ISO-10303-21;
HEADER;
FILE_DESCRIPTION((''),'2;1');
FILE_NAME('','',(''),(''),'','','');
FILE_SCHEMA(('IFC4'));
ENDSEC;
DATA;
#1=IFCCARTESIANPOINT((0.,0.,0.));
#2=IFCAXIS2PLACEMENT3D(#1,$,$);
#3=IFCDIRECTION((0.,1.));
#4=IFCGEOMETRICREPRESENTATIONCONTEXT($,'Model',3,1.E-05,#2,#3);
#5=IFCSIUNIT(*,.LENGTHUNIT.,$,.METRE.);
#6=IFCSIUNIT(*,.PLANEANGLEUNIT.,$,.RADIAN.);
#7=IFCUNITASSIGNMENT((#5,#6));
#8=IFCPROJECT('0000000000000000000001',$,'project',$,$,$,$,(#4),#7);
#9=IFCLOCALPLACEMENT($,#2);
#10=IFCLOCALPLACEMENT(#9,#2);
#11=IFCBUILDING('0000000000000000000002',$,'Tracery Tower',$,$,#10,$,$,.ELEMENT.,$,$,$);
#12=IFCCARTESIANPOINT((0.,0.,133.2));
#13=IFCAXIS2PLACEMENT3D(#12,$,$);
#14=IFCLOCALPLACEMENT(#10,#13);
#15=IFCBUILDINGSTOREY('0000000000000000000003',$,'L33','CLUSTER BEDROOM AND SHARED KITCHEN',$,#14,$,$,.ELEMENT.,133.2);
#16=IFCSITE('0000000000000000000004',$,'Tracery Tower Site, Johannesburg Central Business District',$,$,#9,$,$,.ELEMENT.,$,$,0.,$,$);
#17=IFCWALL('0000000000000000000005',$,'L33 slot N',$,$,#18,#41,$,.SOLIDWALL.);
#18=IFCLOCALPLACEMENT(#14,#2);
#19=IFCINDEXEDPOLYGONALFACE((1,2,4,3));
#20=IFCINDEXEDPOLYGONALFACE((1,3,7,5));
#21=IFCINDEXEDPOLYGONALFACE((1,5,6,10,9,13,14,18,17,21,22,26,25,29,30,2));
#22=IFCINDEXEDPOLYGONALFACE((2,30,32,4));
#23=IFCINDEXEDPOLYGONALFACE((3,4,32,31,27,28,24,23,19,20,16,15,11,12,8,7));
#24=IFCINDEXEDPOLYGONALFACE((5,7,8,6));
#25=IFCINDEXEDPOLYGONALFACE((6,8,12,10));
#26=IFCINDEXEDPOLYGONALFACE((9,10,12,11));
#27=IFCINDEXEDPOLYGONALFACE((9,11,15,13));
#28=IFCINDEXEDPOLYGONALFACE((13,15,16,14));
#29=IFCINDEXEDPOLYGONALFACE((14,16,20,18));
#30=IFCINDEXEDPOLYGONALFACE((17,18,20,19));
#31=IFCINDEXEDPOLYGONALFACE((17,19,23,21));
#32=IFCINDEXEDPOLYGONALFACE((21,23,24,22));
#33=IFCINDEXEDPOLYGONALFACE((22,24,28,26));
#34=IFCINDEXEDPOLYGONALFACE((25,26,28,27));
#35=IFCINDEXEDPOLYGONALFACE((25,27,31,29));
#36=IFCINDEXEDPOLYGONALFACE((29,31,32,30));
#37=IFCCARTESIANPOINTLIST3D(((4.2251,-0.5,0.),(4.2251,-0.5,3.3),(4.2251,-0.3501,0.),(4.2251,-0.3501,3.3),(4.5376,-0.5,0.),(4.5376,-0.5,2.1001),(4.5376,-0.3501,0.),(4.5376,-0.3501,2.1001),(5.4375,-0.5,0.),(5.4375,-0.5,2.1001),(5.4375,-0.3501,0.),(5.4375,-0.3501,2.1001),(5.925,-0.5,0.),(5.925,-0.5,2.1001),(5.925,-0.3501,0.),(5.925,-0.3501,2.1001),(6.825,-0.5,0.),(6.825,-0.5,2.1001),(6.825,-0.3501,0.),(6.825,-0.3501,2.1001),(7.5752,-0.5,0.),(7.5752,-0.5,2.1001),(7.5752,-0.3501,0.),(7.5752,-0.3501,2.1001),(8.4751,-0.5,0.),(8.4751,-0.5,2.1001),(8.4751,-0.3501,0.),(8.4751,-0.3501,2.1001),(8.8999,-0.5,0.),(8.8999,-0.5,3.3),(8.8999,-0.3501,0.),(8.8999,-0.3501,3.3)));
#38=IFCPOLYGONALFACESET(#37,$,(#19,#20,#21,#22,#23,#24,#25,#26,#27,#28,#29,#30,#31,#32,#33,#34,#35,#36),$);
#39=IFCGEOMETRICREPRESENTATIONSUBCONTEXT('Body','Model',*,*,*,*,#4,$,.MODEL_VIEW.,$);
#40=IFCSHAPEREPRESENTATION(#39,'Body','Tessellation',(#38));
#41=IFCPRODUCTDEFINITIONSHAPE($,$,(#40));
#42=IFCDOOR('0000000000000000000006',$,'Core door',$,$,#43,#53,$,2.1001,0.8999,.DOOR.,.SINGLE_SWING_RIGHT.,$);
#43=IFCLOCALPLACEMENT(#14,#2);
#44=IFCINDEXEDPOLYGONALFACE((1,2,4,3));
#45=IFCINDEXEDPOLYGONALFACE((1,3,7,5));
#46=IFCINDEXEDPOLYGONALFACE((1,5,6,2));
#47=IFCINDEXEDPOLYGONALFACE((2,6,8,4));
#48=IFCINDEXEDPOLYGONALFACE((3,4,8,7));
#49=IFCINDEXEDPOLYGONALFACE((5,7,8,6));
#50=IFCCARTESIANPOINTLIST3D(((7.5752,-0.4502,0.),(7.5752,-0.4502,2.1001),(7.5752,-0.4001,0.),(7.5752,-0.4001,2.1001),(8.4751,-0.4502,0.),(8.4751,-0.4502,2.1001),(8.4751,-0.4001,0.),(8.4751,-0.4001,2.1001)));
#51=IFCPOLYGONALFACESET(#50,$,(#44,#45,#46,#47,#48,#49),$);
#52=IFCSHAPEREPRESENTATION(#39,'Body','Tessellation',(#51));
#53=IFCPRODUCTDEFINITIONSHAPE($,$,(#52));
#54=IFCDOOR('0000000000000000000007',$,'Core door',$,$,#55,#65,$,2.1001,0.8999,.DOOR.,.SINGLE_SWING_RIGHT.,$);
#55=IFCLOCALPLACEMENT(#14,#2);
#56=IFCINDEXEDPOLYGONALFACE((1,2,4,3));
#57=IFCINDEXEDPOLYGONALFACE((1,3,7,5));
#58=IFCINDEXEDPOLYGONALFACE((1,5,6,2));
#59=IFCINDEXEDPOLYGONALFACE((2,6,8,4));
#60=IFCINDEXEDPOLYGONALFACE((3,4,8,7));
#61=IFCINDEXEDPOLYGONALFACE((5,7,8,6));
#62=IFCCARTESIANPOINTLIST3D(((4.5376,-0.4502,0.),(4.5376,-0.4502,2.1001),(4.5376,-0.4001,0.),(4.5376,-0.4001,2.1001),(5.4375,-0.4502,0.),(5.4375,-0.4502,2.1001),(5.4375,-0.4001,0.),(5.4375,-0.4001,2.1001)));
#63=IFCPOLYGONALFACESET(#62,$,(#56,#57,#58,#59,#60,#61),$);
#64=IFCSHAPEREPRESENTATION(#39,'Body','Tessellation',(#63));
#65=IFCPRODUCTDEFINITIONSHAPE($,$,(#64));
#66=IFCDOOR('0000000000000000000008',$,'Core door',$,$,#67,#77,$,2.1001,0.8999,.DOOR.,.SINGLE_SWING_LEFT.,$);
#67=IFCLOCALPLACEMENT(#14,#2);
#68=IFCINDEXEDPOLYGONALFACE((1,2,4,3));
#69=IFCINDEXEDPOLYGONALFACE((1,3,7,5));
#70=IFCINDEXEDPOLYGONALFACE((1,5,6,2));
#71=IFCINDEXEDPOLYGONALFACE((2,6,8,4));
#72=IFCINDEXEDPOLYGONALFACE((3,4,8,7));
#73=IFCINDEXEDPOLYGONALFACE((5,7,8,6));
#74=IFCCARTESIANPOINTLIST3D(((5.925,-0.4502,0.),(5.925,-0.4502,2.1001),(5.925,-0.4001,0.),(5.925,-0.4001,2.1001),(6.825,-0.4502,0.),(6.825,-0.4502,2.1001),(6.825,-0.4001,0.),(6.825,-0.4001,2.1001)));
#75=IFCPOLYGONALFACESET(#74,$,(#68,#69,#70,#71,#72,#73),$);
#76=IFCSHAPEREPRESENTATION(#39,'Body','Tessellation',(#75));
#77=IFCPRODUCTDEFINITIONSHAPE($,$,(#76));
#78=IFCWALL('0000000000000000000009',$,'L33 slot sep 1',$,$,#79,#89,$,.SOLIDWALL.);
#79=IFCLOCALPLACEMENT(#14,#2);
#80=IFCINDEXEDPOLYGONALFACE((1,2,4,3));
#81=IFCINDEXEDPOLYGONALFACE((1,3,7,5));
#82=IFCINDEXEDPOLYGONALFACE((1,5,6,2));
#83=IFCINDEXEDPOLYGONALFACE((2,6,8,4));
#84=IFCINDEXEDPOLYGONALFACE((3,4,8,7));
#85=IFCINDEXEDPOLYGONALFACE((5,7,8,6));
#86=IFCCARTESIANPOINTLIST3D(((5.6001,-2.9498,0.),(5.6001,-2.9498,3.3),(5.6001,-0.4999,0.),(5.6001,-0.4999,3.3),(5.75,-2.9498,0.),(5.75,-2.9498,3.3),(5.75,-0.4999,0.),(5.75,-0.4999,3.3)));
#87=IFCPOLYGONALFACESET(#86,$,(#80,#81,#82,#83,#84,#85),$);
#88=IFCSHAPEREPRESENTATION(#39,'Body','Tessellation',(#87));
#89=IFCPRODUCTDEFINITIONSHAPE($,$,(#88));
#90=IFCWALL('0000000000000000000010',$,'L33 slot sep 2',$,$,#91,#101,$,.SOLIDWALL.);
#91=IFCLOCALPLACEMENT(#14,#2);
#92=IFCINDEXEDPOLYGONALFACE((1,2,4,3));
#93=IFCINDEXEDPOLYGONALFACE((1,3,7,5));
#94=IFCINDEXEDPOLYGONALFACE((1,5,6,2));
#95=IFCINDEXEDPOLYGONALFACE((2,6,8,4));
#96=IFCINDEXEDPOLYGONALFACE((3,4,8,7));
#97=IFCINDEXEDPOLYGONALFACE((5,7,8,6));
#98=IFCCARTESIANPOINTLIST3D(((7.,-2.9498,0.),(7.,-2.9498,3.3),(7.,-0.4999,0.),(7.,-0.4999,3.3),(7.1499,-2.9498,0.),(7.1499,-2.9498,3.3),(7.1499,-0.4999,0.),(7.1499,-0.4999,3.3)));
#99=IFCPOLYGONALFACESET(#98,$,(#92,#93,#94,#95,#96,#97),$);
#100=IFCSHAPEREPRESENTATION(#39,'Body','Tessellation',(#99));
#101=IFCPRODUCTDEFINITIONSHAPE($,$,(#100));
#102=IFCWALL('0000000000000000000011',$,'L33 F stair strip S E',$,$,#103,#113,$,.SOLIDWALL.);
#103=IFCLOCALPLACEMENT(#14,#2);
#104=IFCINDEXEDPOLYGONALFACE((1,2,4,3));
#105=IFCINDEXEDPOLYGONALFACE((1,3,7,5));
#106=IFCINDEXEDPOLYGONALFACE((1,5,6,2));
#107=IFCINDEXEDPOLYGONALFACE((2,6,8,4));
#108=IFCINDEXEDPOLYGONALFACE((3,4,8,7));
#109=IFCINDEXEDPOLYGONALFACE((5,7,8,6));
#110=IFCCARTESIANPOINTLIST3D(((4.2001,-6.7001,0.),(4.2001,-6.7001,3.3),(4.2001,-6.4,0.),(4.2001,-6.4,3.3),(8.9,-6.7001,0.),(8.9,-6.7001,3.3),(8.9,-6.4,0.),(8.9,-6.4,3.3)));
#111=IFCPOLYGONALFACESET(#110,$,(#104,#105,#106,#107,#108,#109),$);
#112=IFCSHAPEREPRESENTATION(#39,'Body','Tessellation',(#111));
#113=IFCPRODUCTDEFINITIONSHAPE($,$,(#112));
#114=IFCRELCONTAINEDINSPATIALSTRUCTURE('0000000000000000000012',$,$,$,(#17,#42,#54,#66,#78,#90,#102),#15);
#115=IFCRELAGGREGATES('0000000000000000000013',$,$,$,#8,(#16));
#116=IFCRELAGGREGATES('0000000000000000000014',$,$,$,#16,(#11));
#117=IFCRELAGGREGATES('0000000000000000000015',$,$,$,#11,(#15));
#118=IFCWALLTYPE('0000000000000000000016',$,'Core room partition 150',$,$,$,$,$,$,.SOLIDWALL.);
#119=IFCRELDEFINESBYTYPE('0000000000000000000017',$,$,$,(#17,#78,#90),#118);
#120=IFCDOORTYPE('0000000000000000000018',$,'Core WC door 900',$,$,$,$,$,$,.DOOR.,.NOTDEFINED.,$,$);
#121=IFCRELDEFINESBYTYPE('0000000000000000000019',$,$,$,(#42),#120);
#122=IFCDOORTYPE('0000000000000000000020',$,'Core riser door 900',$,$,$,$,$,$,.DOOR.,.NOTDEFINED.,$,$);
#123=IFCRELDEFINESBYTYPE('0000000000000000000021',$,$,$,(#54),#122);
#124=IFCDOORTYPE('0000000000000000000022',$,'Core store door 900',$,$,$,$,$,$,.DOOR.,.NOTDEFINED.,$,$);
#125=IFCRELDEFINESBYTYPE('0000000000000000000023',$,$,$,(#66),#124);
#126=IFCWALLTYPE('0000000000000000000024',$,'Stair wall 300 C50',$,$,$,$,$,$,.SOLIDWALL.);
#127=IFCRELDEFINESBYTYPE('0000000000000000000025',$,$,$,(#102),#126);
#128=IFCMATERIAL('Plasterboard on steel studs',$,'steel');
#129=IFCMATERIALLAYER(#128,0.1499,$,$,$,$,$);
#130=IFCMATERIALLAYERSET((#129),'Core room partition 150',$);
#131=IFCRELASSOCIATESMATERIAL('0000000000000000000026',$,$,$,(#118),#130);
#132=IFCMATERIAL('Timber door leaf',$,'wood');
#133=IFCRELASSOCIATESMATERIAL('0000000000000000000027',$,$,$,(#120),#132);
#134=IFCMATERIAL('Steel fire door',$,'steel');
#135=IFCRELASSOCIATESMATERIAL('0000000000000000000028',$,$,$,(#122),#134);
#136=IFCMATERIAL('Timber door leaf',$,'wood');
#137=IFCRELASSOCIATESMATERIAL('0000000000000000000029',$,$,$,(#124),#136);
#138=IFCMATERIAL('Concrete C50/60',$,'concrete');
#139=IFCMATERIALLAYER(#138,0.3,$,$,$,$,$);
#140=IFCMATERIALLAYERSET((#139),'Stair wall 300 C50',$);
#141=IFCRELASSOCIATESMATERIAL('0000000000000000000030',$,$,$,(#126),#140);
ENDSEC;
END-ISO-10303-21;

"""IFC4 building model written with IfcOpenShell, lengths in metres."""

from ifc_helpers import new_model, si_unit, direction, frame, frame_2d, origin, place, context, subcontext, project, spatial, rectangle, extrude, material, layer, layer_set, type_object, element, fill, save


model = new_model("IFC4")

# Units and contexts
model_context = context("Model", 3, precision=1e-05, world=origin(), true_north=direction((0.0, 1.0)))
body_context = subcontext(model_context, "Body", "Model", "MODEL_VIEW")
ifc_project = project(units=[si_unit("LENGTHUNIT", "METRE"), si_unit("PLANEANGLEUNIT", "RADIAN")], contexts=[model_context])

# Site, building, storey
site_placement = place(None, origin())
site = spatial("IfcSite", under=ifc_project, at=site_placement, Name="Tracery Tower Site, Johannesburg Central Business District", CompositionType="ELEMENT", RefElevation=0.0)
building_placement = place(site_placement, origin())
building = spatial("IfcBuilding", under=site, at=building_placement, Name="Tracery Tower", CompositionType="ELEMENT")
storey_placement = place(building_placement, frame((0.0, 0.0, 133.2)))
storey = spatial("IfcBuildingStorey", under=building, at=storey_placement, Name="L33", Description="CLUSTER BEDROOM AND SHARED KITCHEN", CompositionType="ELEMENT", Elevation=133.2)

# Shared definitions
ifc_material_1 = material(Name="Plasterboard on steel studs", Category="steel")
ifc_layer_1 = layer(ifc_material_1, 0.1499)
ifc_layer_set_1 = layer_set([ifc_layer_1], Name="Core room partition 150")
wall_type_1 = type_object("IfcWallType", Name="Core room partition 150", PredefinedType="SOLIDWALL", material=ifc_layer_set_1)

# Wall, openings, doors
wall_1_placement = place(storey_placement, frame((4.2251, -0.425, 0.0), z_axis=(0.0, 0.0, 1.0), x_axis=(1.0, 0.0, 0.0)))
wall_1 = element("IfcWall", 1, at=wall_1_placement, inside=storey, type_object=wall_type_1, Name="L33 slot N", PredefinedType="SOLIDWALL", context=body_context, shape_type="SweptSolid", body=[
    extrude(rectangle(XDim=4.6748, YDim=0.1499, at=frame_2d((2.3374, 0.0))), origin(), (0.0, 0.0, 1.0), 3.3),
])
opening_1_placement = place(wall_1_placement, frame((0.3125, 0.0, 0.0)))
opening_1 = element("IfcOpeningElement", 2, at=opening_1_placement, cuts=wall_1, PredefinedType="OPENING", context=body_context, shape_type="SweptSolid", body=[
    extrude(rectangle(XDim=0.8999, YDim=2.1001, at=frame_2d((0.45, 1.05))), frame((0.0, 0.075, 0.0), z_axis=(0.0, -1.0, 0.0), x_axis=(1.0, 0.0, 0.0)), (0.0, 0.0, 1.0), 0.1499),
])
opening_2_placement = place(wall_1_placement, frame((1.7, 0.0, 0.0)))
opening_2 = element("IfcOpeningElement", 3, at=opening_2_placement, cuts=wall_1, PredefinedType="OPENING", context=body_context, shape_type="SweptSolid", body=[
    extrude(rectangle(XDim=0.8999, YDim=2.1001, at=frame_2d((0.45, 1.05))), frame((0.0, 0.075, 0.0), z_axis=(0.0, -1.0, 0.0), x_axis=(1.0, 0.0, 0.0)), (0.0, 0.0, 1.0), 0.1499),
])
opening_3_placement = place(wall_1_placement, frame((3.3501, 0.0, 0.0)))
opening_3 = element("IfcOpeningElement", 4, at=opening_3_placement, cuts=wall_1, PredefinedType="OPENING", context=body_context, shape_type="SweptSolid", body=[
    extrude(rectangle(XDim=0.8999, YDim=2.1001, at=frame_2d((0.45, 1.05))), frame((0.0, 0.075, 0.0), z_axis=(0.0, -1.0, 0.0), x_axis=(1.0, 0.0, 0.0)), (0.0, 0.0, 1.0), 0.1499),
])
ifc_material_2 = material(Name="Timber door leaf", Category="wood")
door_type_1 = type_object("IfcDoorType", Name="Core WC door 900", OperationType="NOTDEFINED", PredefinedType="DOOR", material=ifc_material_2)
door_1_placement = place(opening_3_placement, origin())
door_1 = element("IfcDoor", 5, at=door_1_placement, inside=storey, type_object=door_type_1, Name="Core door", OperationType="SINGLE_SWING_RIGHT", OverallHeight=2.1001, OverallWidth=0.8999, PredefinedType="DOOR", context=body_context, shape_type="SweptSolid", body=[
    extrude(rectangle(XDim=0.8999, YDim=2.1001, at=frame_2d((0.45, 1.05))), frame((0.0, 0.0249, 0.0), z_axis=(0.0, -1.0, 0.0), x_axis=(1.0, 0.0, 0.0)), (0.0, 0.0, 1.0), 0.05),
])
fill(opening_3, door_1)
ifc_material_3 = material(Name="Steel fire door", Category="steel")
door_type_2 = type_object("IfcDoorType", Name="Core riser door 900", OperationType="NOTDEFINED", PredefinedType="DOOR", material=ifc_material_3)
door_2_placement = place(opening_1_placement, origin())
door_2 = element("IfcDoor", 6, at=door_2_placement, inside=storey, type_object=door_type_2, Name="Core door", OperationType="SINGLE_SWING_RIGHT", OverallHeight=2.1001, OverallWidth=0.8999, PredefinedType="DOOR", context=body_context, shape_type="SweptSolid", body=[
    extrude(rectangle(XDim=0.8999, YDim=2.1001, at=frame_2d((0.45, 1.05))), frame((0.0, 0.0249, 0.0), z_axis=(0.0, -1.0, 0.0), x_axis=(1.0, 0.0, 0.0)), (0.0, 0.0, 1.0), 0.05),
])
fill(opening_1, door_2)
ifc_material_4 = material(Name="Timber door leaf", Category="wood")
door_type_3 = type_object("IfcDoorType", Name="Core store door 900", OperationType="NOTDEFINED", PredefinedType="DOOR", material=ifc_material_4)
door_3_placement = place(opening_2_placement, origin())
door_3 = element("IfcDoor", 7, at=door_3_placement, inside=storey, type_object=door_type_3, Name="Core door", OperationType="SINGLE_SWING_LEFT", OverallHeight=2.1001, OverallWidth=0.8999, PredefinedType="DOOR", context=body_context, shape_type="SweptSolid", body=[
    extrude(rectangle(XDim=0.8999, YDim=2.1001, at=frame_2d((0.45, 1.05))), frame((0.0, 0.0249, 0.0), z_axis=(0.0, -1.0, 0.0), x_axis=(1.0, 0.0, 0.0)), (0.0, 0.0, 1.0), 0.05),
])
fill(opening_2, door_3)

# Walls
for number, where, z_axis, x_axis, name in (
    (8, (5.675, -2.95, 0.0), (0.0, 0.0, 1.0), (0.0, 1.0, 0.0), "L33 slot sep 1"),
    (9, (7.075, -2.95, 0.0), (0.0, 0.0, 1.0), (0.0, 1.0, 0.0), "L33 slot sep 2"),
):
    element("IfcWall", number, at=place(storey_placement, frame(where, z_axis=z_axis, x_axis=x_axis)), inside=storey, type_object=wall_type_1, Name=name, PredefinedType="SOLIDWALL", context=body_context, shape_type="SweptSolid", body=[
        extrude(rectangle(XDim=2.45, YDim=0.1499, at=frame_2d((1.2251, 0.0))), origin(), (0.0, 0.0, 1.0), 3.3),
    ])

# Shared definitions
ifc_material_5 = material(Name="Concrete C50/60", Category="concrete")
ifc_layer_2 = layer(ifc_material_5, 0.3)
ifc_layer_set_2 = layer_set([ifc_layer_2], Name="Stair wall 300 C50")
wall_type_2 = type_object("IfcWallType", Name="Stair wall 300 C50", PredefinedType="SOLIDWALL", material=ifc_layer_set_2)

# Wall
wall_2_placement = place(storey_placement, frame((4.2, -6.55, 0.0), z_axis=(0.0, 0.0, 1.0), x_axis=(1.0, 0.0, 0.0)))
element("IfcWall", 10, at=wall_2_placement, inside=storey, type_object=wall_type_2, Name="L33 F stair strip S E", PredefinedType="SOLIDWALL", context=body_context, shape_type="SweptSolid", body=[
    extrude(rectangle(XDim=4.7, YDim=0.3, at=frame_2d((2.3501, 0.0))), origin(), (0.0, 0.0, 1.0), 3.3),
])

save(model, "model.ifc")
